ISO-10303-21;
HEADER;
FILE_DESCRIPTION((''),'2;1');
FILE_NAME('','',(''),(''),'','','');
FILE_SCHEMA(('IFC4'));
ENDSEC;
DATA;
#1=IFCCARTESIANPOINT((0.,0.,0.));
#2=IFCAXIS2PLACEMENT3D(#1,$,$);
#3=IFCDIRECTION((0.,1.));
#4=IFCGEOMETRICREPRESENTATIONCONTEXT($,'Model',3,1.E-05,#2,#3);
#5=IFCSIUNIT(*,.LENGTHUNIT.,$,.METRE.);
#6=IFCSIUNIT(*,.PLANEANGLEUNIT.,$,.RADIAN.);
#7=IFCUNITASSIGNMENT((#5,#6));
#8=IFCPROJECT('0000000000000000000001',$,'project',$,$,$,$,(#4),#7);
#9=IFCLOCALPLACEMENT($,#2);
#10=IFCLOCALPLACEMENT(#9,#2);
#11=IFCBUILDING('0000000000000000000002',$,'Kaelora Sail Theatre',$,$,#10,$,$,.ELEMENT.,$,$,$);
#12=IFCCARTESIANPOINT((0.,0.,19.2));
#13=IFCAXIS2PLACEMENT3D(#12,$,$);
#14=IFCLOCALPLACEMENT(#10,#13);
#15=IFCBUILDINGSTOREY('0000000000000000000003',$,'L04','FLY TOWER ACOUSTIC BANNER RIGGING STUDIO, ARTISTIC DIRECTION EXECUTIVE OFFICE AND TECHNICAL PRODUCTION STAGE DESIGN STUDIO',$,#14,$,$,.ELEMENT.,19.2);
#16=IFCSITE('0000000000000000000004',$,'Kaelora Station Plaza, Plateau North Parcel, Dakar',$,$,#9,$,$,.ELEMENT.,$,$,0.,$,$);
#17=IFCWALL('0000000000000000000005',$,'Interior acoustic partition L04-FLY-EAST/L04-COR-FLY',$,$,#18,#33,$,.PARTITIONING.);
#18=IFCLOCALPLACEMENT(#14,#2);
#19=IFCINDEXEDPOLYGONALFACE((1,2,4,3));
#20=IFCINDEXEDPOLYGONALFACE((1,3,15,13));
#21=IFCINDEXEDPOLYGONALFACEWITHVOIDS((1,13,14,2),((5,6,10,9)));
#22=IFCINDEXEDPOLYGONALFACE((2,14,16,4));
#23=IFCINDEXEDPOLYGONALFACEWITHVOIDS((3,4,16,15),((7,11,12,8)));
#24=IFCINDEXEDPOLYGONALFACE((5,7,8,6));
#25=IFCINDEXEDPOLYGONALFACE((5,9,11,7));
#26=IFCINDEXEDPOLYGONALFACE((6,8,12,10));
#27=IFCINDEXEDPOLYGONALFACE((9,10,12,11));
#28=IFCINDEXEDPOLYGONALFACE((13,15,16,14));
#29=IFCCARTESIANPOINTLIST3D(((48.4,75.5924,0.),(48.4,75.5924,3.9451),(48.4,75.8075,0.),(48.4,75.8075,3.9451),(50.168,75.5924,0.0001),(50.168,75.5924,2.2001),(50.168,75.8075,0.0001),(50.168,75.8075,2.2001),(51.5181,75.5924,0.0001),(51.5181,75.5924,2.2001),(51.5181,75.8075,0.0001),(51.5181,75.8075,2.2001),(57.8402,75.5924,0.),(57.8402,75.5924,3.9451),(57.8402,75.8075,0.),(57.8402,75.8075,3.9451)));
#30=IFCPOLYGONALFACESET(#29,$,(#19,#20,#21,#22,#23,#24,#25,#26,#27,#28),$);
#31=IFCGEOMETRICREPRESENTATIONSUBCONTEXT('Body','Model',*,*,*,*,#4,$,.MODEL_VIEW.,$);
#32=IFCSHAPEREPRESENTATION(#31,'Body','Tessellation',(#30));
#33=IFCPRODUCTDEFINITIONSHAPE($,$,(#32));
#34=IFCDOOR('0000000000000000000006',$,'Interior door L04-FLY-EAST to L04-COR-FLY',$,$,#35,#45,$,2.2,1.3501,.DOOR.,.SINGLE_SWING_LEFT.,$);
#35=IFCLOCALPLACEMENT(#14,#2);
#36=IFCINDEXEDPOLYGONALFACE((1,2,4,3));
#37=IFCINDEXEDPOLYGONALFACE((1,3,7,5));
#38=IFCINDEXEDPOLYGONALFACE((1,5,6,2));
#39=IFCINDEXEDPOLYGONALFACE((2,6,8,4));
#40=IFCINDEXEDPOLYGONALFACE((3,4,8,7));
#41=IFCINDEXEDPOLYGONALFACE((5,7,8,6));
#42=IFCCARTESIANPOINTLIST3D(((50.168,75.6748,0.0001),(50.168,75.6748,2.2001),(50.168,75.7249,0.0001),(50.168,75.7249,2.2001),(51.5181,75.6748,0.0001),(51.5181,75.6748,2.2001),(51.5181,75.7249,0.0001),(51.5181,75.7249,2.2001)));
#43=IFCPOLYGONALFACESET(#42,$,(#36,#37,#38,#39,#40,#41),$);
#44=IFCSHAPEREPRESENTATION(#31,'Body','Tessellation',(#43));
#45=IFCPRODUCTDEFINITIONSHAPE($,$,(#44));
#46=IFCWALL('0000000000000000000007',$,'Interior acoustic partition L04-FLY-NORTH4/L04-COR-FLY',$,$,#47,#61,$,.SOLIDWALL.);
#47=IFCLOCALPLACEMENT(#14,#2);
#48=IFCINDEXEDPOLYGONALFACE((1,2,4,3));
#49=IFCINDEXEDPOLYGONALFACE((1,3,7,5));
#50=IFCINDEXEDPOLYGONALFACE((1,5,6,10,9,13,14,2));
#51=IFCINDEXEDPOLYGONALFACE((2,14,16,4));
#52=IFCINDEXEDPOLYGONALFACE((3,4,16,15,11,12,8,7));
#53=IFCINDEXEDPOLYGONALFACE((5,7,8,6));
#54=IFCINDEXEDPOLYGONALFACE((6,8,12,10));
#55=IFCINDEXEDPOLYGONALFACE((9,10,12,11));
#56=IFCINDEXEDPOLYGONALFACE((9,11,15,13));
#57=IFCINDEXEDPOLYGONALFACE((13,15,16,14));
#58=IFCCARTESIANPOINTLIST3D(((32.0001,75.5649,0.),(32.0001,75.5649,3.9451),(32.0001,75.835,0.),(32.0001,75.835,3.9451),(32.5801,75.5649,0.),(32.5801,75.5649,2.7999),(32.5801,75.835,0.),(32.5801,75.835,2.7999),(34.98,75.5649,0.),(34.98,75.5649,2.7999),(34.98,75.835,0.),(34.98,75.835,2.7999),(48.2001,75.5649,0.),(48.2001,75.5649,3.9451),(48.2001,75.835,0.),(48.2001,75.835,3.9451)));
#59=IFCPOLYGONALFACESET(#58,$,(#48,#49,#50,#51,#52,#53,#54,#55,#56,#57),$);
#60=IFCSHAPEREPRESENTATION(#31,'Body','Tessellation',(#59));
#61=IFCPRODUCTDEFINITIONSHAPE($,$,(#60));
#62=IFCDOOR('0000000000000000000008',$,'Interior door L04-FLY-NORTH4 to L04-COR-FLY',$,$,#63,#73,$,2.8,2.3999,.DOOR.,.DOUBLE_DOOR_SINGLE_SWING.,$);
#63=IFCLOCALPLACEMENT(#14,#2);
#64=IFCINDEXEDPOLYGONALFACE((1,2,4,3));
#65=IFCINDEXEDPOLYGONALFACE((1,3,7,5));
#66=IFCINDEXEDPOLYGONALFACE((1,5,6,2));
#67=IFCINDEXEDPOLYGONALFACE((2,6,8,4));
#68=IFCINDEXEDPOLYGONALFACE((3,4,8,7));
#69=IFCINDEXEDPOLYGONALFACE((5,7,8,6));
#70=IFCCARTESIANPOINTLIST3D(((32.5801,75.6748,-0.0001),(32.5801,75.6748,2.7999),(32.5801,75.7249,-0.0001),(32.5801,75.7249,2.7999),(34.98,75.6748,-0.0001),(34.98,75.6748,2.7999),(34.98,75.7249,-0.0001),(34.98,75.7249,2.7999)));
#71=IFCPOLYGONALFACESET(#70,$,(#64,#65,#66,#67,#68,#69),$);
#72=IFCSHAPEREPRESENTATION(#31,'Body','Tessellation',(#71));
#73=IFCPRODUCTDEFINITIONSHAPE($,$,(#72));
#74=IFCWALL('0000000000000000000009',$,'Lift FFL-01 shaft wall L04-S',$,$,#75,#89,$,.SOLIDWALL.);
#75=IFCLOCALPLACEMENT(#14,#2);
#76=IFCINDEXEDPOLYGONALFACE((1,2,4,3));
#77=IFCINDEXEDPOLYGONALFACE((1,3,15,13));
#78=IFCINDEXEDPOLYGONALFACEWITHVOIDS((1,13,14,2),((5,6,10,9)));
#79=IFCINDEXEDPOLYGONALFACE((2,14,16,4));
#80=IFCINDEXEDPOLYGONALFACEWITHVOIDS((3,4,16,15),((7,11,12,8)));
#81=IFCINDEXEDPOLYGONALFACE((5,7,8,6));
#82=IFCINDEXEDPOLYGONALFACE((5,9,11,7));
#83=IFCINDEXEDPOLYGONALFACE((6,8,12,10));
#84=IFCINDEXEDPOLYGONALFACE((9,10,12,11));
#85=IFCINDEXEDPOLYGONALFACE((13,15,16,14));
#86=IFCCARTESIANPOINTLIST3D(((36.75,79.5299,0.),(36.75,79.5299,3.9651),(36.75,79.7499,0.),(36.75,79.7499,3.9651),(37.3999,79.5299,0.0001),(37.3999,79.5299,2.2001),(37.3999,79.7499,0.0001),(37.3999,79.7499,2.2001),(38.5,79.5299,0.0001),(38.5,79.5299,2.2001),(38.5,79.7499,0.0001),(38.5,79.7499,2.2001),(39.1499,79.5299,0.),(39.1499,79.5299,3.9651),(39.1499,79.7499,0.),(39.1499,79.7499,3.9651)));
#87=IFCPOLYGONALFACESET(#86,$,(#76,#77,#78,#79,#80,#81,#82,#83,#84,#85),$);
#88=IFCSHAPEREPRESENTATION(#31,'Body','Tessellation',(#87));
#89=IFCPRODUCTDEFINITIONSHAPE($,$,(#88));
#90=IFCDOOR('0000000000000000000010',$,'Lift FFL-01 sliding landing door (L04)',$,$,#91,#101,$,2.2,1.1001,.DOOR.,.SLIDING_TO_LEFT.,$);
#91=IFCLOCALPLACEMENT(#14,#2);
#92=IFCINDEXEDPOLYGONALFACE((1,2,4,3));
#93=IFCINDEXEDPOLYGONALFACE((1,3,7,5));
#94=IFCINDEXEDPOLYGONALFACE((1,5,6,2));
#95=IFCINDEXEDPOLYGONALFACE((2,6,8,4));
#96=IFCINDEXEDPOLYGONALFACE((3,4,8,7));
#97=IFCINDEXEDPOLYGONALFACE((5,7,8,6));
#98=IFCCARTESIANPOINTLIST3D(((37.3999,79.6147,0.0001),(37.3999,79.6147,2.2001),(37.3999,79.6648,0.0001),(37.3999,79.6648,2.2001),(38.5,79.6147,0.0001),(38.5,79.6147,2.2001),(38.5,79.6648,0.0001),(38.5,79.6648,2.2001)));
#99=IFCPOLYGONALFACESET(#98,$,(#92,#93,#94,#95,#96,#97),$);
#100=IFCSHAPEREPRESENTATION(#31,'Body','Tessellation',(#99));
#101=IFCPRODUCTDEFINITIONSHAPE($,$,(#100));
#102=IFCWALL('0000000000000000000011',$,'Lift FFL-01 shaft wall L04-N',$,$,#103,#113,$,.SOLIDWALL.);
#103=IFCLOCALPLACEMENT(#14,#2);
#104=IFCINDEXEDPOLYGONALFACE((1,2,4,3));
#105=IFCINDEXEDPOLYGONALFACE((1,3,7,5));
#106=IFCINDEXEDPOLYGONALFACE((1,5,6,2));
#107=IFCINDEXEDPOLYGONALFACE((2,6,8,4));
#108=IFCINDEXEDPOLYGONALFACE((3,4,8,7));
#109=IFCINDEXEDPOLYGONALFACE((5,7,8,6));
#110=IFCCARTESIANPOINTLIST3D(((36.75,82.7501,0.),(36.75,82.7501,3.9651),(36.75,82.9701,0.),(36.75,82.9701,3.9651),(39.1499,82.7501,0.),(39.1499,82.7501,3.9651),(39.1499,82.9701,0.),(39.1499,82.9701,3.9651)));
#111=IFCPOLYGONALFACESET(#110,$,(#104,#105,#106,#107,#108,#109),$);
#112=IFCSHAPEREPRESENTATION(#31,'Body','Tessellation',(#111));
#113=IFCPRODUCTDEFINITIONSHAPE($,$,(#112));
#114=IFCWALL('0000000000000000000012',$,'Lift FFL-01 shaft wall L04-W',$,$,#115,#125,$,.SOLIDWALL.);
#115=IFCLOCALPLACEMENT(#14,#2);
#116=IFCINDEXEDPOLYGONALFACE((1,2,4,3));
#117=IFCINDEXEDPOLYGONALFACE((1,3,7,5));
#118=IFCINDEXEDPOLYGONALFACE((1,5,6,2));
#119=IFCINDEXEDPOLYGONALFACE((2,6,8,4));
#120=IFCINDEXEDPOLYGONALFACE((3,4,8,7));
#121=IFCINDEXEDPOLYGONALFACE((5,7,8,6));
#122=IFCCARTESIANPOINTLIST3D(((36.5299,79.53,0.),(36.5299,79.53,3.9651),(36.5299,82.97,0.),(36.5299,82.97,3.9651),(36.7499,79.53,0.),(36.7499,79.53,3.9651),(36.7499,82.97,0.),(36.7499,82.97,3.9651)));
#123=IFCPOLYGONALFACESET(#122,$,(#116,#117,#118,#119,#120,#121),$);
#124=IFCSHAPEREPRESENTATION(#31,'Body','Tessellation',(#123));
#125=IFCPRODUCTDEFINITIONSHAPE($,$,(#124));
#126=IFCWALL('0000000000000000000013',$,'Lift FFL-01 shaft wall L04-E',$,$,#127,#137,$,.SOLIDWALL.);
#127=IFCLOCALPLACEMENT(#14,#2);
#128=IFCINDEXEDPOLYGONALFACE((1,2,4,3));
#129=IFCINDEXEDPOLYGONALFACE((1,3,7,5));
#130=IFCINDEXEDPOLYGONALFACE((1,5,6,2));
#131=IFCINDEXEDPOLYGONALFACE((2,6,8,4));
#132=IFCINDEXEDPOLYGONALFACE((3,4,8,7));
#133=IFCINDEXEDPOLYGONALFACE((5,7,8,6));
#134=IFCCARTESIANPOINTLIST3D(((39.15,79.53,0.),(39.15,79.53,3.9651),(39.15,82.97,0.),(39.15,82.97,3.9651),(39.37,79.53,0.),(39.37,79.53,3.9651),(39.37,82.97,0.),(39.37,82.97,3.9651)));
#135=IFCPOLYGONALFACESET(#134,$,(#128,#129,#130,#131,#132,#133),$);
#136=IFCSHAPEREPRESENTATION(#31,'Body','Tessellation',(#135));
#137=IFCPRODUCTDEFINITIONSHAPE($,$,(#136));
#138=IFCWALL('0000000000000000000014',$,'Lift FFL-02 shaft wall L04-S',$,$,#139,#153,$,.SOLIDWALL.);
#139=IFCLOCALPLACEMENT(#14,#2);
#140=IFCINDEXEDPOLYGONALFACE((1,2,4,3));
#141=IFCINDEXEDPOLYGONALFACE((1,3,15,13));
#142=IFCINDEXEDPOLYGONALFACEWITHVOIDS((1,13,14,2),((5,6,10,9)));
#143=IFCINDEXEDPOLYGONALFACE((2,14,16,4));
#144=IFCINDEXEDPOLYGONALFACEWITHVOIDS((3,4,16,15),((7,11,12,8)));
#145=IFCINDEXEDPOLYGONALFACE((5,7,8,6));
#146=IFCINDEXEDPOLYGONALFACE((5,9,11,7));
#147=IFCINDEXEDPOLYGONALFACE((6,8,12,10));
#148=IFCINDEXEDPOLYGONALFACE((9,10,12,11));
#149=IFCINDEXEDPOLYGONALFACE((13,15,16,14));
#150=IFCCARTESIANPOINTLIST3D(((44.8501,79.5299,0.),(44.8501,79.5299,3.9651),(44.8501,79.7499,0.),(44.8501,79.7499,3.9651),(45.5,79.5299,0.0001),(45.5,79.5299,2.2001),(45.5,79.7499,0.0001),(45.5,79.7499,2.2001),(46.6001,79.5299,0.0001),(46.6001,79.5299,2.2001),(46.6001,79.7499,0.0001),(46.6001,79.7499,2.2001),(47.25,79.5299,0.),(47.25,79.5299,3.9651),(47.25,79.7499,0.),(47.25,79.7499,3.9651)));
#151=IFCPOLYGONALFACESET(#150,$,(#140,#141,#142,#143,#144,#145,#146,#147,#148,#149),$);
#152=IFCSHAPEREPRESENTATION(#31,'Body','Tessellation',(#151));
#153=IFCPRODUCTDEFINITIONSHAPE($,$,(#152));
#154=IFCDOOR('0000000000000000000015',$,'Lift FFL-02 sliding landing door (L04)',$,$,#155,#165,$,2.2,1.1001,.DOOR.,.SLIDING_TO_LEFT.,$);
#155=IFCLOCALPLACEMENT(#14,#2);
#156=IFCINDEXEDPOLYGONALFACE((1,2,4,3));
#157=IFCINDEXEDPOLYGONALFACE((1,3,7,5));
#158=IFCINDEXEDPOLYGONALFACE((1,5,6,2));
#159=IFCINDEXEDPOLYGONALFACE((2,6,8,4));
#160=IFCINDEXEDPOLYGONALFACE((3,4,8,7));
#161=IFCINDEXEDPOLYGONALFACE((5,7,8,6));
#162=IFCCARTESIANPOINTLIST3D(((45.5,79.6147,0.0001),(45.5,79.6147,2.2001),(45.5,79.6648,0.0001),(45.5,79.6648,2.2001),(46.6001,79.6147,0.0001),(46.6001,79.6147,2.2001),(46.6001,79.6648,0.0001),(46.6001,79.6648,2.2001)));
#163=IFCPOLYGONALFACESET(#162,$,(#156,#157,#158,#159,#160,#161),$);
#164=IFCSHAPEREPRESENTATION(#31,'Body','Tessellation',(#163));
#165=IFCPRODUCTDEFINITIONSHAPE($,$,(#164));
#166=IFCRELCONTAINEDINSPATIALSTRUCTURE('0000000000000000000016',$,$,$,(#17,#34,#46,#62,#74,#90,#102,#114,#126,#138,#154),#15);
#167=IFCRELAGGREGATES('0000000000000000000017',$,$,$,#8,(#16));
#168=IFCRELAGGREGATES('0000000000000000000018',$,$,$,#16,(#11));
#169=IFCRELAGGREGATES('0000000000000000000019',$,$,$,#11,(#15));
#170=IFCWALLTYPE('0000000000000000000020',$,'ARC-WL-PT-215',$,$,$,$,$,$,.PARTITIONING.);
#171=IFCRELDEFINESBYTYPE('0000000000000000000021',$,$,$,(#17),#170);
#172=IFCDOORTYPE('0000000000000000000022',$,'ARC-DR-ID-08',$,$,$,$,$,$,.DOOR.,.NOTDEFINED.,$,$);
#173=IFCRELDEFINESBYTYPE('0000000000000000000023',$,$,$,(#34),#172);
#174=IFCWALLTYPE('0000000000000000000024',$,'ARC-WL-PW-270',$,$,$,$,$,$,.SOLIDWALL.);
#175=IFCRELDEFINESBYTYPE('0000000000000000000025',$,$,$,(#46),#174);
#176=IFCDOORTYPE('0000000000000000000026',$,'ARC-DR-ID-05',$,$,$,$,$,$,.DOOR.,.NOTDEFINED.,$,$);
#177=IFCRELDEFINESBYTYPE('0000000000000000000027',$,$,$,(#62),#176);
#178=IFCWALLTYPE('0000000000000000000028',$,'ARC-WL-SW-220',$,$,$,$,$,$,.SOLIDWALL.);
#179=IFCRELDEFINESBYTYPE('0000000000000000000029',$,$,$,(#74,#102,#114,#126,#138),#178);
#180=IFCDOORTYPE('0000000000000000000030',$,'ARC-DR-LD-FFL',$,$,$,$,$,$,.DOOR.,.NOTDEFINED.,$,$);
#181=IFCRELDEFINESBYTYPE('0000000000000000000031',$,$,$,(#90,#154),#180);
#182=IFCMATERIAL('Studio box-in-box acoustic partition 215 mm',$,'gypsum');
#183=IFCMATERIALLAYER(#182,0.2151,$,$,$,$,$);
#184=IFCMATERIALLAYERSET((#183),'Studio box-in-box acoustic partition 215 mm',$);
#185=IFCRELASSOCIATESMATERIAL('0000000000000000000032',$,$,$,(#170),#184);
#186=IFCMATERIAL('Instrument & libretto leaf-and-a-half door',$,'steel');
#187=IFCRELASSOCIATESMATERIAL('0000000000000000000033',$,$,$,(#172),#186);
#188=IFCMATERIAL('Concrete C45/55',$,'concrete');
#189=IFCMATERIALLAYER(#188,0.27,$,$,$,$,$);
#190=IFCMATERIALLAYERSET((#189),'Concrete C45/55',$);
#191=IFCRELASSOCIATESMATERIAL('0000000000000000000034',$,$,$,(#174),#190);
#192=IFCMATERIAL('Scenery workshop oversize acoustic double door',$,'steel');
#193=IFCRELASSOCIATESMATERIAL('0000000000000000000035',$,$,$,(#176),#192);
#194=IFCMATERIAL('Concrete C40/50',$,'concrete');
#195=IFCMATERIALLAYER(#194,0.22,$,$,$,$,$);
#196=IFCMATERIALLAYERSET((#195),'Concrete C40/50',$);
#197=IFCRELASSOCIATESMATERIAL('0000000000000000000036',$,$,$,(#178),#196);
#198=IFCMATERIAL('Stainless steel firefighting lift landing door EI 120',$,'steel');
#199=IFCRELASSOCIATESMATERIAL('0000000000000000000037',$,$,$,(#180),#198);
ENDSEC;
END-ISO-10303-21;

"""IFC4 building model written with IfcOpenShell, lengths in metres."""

from ifc_helpers import new_model, si_unit, direction, frame, frame_2d, origin, place, context, subcontext, project, spatial, rectangle, extrude, material, layer, layer_set, type_object, element, fill, save


model = new_model("IFC4")

# Units and contexts
model_context = context("Model", 3, precision=1e-05, world=origin(), true_north=direction((0.0, 1.0)))
body_context = subcontext(model_context, "Body", "Model", "MODEL_VIEW")
ifc_project = project(units=[si_unit("LENGTHUNIT", "METRE"), si_unit("PLANEANGLEUNIT", "RADIAN")], contexts=[model_context])

# Site, building, storey
site_placement = place(None, origin())
site = spatial("IfcSite", under=ifc_project, at=site_placement, Name="Kaelora Station Plaza, Plateau North Parcel, Dakar", CompositionType="ELEMENT", RefElevation=0.0)
building_placement = place(site_placement, origin())
building = spatial("IfcBuilding", under=site, at=building_placement, Name="Kaelora Sail Theatre", CompositionType="ELEMENT")
storey_placement = place(building_placement, frame((0.0, 0.0, 19.2)))
storey = spatial("IfcBuildingStorey", under=building, at=storey_placement, Name="L04", Description="FLY TOWER ACOUSTIC BANNER RIGGING STUDIO, ARTISTIC DIRECTION EXECUTIVE OFFICE AND TECHNICAL PRODUCTION STAGE DESIGN STUDIO", CompositionType="ELEMENT", Elevation=19.2)

# Walls, openings, doors
ifc_material_1 = material(Name="Studio box-in-box acoustic partition 215 mm", Category="gypsum")
ifc_layer_1 = layer(ifc_material_1, 0.2151)
ifc_layer_set_1 = layer_set([ifc_layer_1], Name="Studio box-in-box acoustic partition 215 mm")
wall_type_1 = type_object("IfcWallType", Name="ARC-WL-PT-215", PredefinedType="PARTITIONING", material=ifc_layer_set_1)
wall_1_placement = place(storey_placement, frame((48.3999, 75.7, 0.0), z_axis=(0.0, 0.0, 1.0), x_axis=(1.0, 0.0, 0.0)))
wall_1 = element("IfcWall", 1, at=wall_1_placement, inside=storey, type_object=wall_type_1, Name="Interior acoustic partition L04-FLY-EAST/L04-COR-FLY", PredefinedType="PARTITIONING", context=body_context, shape_type="SweptSolid", body=[
    extrude(rectangle(XDim=9.4402, YDim=0.2151, at=frame_2d((4.7202, 0.0))), origin(), (0.0, 0.0, 1.0), 3.9451),
])
opening_1_placement = place(wall_1_placement, frame((1.7681, 0.0, 0.0)))
opening_1 = element("IfcOpeningElement", 2, at=opening_1_placement, cuts=wall_1, PredefinedType="OPENING", context=body_context, shape_type="SweptSolid", body=[
    extrude(rectangle(XDim=1.3501, YDim=2.2, at=frame_2d((0.675, 1.1001))), frame((0.0, 0.1174, 0.0), z_axis=(0.0, -1.0, 0.0), x_axis=(1.0, 0.0, 0.0)), (0.0, 0.0, 1.0), 0.2351),
])
ifc_material_2 = material(Name="Instrument & libretto leaf-and-a-half door", Category="steel")
door_type_1 = type_object("IfcDoorType", Name="ARC-DR-ID-08", OperationType="NOTDEFINED", PredefinedType="DOOR", material=ifc_material_2)
door_1_placement = place(opening_1_placement, origin())
door_1 = element("IfcDoor", 3, at=door_1_placement, inside=storey, type_object=door_type_1, Name="Interior door L04-FLY-EAST to L04-COR-FLY", OperationType="SINGLE_SWING_LEFT", OverallHeight=2.2, OverallWidth=1.3501, PredefinedType="DOOR", context=body_context, shape_type="SweptSolid", body=[
    extrude(rectangle(XDim=1.3501, YDim=2.2, at=frame_2d((0.675, 1.1001))), frame((0.0, 0.0249, 0.0), z_axis=(0.0, -1.0, 0.0), x_axis=(1.0, 0.0, 0.0)), (0.0, 0.0, 1.0), 0.05),
])
fill(opening_1, door_1)
ifc_material_3 = material(Name="Concrete C45/55", Category="concrete")
ifc_layer_2 = layer(ifc_material_3, 0.27)
ifc_layer_set_2 = layer_set([ifc_layer_2], Name="Concrete C45/55")
wall_type_2 = type_object("IfcWallType", Name="ARC-WL-PW-270", PredefinedType="SOLIDWALL", material=ifc_layer_set_2)
wall_2_placement = place(storey_placement, frame((32.0, 75.7, 0.0), z_axis=(0.0, 0.0, 1.0), x_axis=(1.0, 0.0, 0.0)))
wall_2 = element("IfcWall", 4, at=wall_2_placement, inside=storey, type_object=wall_type_2, Name="Interior acoustic partition L04-FLY-NORTH4/L04-COR-FLY", PredefinedType="SOLIDWALL", context=body_context, shape_type="SweptSolid", body=[
    extrude(rectangle(XDim=16.2, YDim=0.27, at=frame_2d((8.1001, 0.0))), origin(), (0.0, 0.0, 1.0), 3.9451),
])
opening_2_placement = place(wall_2_placement, frame((0.5801, 0.0, 0.0)))
opening_2 = element("IfcOpeningElement", 5, at=opening_2_placement, cuts=wall_2, PredefinedType="OPENING", context=body_context, shape_type="SweptSolid", body=[
    extrude(rectangle(XDim=2.3999, YDim=2.8, at=frame_2d((1.2, 1.3999))), frame((0.0, 0.145, 0.0), z_axis=(0.0, -1.0, 0.0), x_axis=(1.0, 0.0, 0.0)), (0.0, 0.0, 1.0), 0.29),
])
ifc_material_4 = material(Name="Scenery workshop oversize acoustic double door", Category="steel")
door_type_2 = type_object("IfcDoorType", Name="ARC-DR-ID-05", OperationType="NOTDEFINED", PredefinedType="DOOR", material=ifc_material_4)
door_2_placement = place(opening_2_placement, origin())
door_2 = element("IfcDoor", 6, at=door_2_placement, inside=storey, type_object=door_type_2, Name="Interior door L04-FLY-NORTH4 to L04-COR-FLY", OperationType="DOUBLE_DOOR_SINGLE_SWING", OverallHeight=2.8, OverallWidth=2.3999, PredefinedType="DOOR", context=body_context, shape_type="SweptSolid", body=[
    extrude(rectangle(XDim=2.3999, YDim=2.8, at=frame_2d((1.2, 1.3999))), frame((0.0, 0.0249, 0.0), z_axis=(0.0, -1.0, 0.0), x_axis=(1.0, 0.0, 0.0)), (0.0, 0.0, 1.0), 0.05),
])
fill(opening_2, door_2)
ifc_material_5 = material(Name="Concrete C40/50", Category="concrete")
ifc_layer_3 = layer(ifc_material_5, 0.22)
ifc_layer_set_3 = layer_set([ifc_layer_3], Name="Concrete C40/50")
wall_type_3 = type_object("IfcWallType", Name="ARC-WL-SW-220", PredefinedType="SOLIDWALL", material=ifc_layer_set_3)
wall_3_placement = place(storey_placement, frame((36.75, 79.6399, 0.0), z_axis=(0.0, 0.0, 1.0), x_axis=(1.0, 0.0, 0.0)))
wall_3 = element("IfcWall", 7, at=wall_3_placement, inside=storey, type_object=wall_type_3, Name="Lift FFL-01 shaft wall L04-S", PredefinedType="SOLIDWALL", context=body_context, shape_type="SweptSolid", body=[
    extrude(rectangle(XDim=2.3999, YDim=0.22, at=frame_2d((1.2, 0.0))), origin(), (0.0, 0.0, 1.0), 3.9651),
])
opening_3_placement = place(wall_3_placement, frame((0.6499, 0.0, 0.0)))
opening_3 = element("IfcOpeningElement", 8, at=opening_3_placement, cuts=wall_3, PredefinedType="OPENING", context=body_context, shape_type="SweptSolid", body=[
    extrude(rectangle(XDim=1.1001, YDim=2.2, at=frame_2d((0.55, 1.1001))), frame((0.0, 0.1199, 0.0), z_axis=(0.0, -1.0, 0.0), x_axis=(1.0, 0.0, 0.0)), (0.0, 0.0, 1.0), 0.24),
])
ifc_material_6 = material(Name="Stainless steel firefighting lift landing door EI 120", Category="steel")
door_type_3 = type_object("IfcDoorType", Name="ARC-DR-LD-FFL", OperationType="NOTDEFINED", PredefinedType="DOOR", material=ifc_material_6)
door_3_placement = place(opening_3_placement, origin())
door_3 = element("IfcDoor", 9, at=door_3_placement, inside=storey, type_object=door_type_3, Name="Lift FFL-01 sliding landing door (L04)", OperationType="SLIDING_TO_LEFT", OverallHeight=2.2, OverallWidth=1.1001, PredefinedType="DOOR", context=body_context, shape_type="SweptSolid", body=[
    extrude(rectangle(XDim=1.1001, YDim=2.2, at=frame_2d((0.55, 1.1001))), frame((0.0, 0.0249, 0.0), z_axis=(0.0, -1.0, 0.0), x_axis=(1.0, 0.0, 0.0)), (0.0, 0.0, 1.0), 0.05),
])
fill(opening_3, door_3)

# Walls
wall_4_placement = place(storey_placement, frame((36.75, 82.8601, 0.0), z_axis=(0.0, 0.0, 1.0), x_axis=(1.0, 0.0, 0.0)))
element("IfcWall", 10, at=wall_4_placement, inside=storey, type_object=wall_type_3, Name="Lift FFL-01 shaft wall L04-N", PredefinedType="SOLIDWALL", context=body_context, shape_type="SweptSolid", body=[
    extrude(rectangle(XDim=2.3999, YDim=0.22, at=frame_2d((1.2, 0.0))), origin(), (0.0, 0.0, 1.0), 3.9651),
])
for number, where, z_axis, x_axis, name in (
    (11, (36.6399, 79.53, 0.0), (0.0, 0.0, 1.0), (0.0, 1.0, 0.0), "Lift FFL-01 shaft wall L04-W"),
    (12, (39.26, 79.53, 0.0), (0.0, 0.0, 1.0), (0.0, 1.0, 0.0), "Lift FFL-01 shaft wall L04-E"),
):
    element("IfcWall", number, at=place(storey_placement, frame(where, z_axis=z_axis, x_axis=x_axis)), inside=storey, type_object=wall_type_3, Name=name, PredefinedType="SOLIDWALL", context=body_context, shape_type="SweptSolid", body=[
        extrude(rectangle(XDim=3.4399, YDim=0.22, at=frame_2d((1.72, 0.0))), origin(), (0.0, 0.0, 1.0), 3.9651),
    ])

# Wall, opening, door
wall_5_placement = place(storey_placement, frame((44.8501, 79.6399, 0.0), z_axis=(0.0, 0.0, 1.0), x_axis=(1.0, 0.0, 0.0)))
wall_5 = element("IfcWall", 13, at=wall_5_placement, inside=storey, type_object=wall_type_3, Name="Lift FFL-02 shaft wall L04-S", PredefinedType="SOLIDWALL", context=body_context, shape_type="SweptSolid", body=[
    extrude(rectangle(XDim=2.3999, YDim=0.22, at=frame_2d((1.2, 0.0))), origin(), (0.0, 0.0, 1.0), 3.9651),
])
opening_4_placement = place(wall_5_placement, frame((0.6499, 0.0, 0.0)))
opening_4 = element("IfcOpeningElement", 14, at=opening_4_placement, cuts=wall_5, PredefinedType="OPENING", context=body_context, shape_type="SweptSolid", body=[
    extrude(rectangle(XDim=1.1001, YDim=2.2, at=frame_2d((0.55, 1.1001))), frame((0.0, 0.1199, 0.0), z_axis=(0.0, -1.0, 0.0), x_axis=(1.0, 0.0, 0.0)), (0.0, 0.0, 1.0), 0.24),
])
door_4_placement = place(opening_4_placement, origin())
door_4 = element("IfcDoor", 15, at=door_4_placement, inside=storey, type_object=door_type_3, Name="Lift FFL-02 sliding landing door (L04)", OperationType="SLIDING_TO_LEFT", OverallHeight=2.2, OverallWidth=1.1001, PredefinedType="DOOR", context=body_context, shape_type="SweptSolid", body=[
    extrude(rectangle(XDim=1.1001, YDim=2.2, at=frame_2d((0.55, 1.1001))), frame((0.0, 0.0249, 0.0), z_axis=(0.0, -1.0, 0.0), x_axis=(1.0, 0.0, 0.0)), (0.0, 0.0, 1.0), 0.05),
])
fill(opening_4, door_4)

save(model, "model.ifc")
